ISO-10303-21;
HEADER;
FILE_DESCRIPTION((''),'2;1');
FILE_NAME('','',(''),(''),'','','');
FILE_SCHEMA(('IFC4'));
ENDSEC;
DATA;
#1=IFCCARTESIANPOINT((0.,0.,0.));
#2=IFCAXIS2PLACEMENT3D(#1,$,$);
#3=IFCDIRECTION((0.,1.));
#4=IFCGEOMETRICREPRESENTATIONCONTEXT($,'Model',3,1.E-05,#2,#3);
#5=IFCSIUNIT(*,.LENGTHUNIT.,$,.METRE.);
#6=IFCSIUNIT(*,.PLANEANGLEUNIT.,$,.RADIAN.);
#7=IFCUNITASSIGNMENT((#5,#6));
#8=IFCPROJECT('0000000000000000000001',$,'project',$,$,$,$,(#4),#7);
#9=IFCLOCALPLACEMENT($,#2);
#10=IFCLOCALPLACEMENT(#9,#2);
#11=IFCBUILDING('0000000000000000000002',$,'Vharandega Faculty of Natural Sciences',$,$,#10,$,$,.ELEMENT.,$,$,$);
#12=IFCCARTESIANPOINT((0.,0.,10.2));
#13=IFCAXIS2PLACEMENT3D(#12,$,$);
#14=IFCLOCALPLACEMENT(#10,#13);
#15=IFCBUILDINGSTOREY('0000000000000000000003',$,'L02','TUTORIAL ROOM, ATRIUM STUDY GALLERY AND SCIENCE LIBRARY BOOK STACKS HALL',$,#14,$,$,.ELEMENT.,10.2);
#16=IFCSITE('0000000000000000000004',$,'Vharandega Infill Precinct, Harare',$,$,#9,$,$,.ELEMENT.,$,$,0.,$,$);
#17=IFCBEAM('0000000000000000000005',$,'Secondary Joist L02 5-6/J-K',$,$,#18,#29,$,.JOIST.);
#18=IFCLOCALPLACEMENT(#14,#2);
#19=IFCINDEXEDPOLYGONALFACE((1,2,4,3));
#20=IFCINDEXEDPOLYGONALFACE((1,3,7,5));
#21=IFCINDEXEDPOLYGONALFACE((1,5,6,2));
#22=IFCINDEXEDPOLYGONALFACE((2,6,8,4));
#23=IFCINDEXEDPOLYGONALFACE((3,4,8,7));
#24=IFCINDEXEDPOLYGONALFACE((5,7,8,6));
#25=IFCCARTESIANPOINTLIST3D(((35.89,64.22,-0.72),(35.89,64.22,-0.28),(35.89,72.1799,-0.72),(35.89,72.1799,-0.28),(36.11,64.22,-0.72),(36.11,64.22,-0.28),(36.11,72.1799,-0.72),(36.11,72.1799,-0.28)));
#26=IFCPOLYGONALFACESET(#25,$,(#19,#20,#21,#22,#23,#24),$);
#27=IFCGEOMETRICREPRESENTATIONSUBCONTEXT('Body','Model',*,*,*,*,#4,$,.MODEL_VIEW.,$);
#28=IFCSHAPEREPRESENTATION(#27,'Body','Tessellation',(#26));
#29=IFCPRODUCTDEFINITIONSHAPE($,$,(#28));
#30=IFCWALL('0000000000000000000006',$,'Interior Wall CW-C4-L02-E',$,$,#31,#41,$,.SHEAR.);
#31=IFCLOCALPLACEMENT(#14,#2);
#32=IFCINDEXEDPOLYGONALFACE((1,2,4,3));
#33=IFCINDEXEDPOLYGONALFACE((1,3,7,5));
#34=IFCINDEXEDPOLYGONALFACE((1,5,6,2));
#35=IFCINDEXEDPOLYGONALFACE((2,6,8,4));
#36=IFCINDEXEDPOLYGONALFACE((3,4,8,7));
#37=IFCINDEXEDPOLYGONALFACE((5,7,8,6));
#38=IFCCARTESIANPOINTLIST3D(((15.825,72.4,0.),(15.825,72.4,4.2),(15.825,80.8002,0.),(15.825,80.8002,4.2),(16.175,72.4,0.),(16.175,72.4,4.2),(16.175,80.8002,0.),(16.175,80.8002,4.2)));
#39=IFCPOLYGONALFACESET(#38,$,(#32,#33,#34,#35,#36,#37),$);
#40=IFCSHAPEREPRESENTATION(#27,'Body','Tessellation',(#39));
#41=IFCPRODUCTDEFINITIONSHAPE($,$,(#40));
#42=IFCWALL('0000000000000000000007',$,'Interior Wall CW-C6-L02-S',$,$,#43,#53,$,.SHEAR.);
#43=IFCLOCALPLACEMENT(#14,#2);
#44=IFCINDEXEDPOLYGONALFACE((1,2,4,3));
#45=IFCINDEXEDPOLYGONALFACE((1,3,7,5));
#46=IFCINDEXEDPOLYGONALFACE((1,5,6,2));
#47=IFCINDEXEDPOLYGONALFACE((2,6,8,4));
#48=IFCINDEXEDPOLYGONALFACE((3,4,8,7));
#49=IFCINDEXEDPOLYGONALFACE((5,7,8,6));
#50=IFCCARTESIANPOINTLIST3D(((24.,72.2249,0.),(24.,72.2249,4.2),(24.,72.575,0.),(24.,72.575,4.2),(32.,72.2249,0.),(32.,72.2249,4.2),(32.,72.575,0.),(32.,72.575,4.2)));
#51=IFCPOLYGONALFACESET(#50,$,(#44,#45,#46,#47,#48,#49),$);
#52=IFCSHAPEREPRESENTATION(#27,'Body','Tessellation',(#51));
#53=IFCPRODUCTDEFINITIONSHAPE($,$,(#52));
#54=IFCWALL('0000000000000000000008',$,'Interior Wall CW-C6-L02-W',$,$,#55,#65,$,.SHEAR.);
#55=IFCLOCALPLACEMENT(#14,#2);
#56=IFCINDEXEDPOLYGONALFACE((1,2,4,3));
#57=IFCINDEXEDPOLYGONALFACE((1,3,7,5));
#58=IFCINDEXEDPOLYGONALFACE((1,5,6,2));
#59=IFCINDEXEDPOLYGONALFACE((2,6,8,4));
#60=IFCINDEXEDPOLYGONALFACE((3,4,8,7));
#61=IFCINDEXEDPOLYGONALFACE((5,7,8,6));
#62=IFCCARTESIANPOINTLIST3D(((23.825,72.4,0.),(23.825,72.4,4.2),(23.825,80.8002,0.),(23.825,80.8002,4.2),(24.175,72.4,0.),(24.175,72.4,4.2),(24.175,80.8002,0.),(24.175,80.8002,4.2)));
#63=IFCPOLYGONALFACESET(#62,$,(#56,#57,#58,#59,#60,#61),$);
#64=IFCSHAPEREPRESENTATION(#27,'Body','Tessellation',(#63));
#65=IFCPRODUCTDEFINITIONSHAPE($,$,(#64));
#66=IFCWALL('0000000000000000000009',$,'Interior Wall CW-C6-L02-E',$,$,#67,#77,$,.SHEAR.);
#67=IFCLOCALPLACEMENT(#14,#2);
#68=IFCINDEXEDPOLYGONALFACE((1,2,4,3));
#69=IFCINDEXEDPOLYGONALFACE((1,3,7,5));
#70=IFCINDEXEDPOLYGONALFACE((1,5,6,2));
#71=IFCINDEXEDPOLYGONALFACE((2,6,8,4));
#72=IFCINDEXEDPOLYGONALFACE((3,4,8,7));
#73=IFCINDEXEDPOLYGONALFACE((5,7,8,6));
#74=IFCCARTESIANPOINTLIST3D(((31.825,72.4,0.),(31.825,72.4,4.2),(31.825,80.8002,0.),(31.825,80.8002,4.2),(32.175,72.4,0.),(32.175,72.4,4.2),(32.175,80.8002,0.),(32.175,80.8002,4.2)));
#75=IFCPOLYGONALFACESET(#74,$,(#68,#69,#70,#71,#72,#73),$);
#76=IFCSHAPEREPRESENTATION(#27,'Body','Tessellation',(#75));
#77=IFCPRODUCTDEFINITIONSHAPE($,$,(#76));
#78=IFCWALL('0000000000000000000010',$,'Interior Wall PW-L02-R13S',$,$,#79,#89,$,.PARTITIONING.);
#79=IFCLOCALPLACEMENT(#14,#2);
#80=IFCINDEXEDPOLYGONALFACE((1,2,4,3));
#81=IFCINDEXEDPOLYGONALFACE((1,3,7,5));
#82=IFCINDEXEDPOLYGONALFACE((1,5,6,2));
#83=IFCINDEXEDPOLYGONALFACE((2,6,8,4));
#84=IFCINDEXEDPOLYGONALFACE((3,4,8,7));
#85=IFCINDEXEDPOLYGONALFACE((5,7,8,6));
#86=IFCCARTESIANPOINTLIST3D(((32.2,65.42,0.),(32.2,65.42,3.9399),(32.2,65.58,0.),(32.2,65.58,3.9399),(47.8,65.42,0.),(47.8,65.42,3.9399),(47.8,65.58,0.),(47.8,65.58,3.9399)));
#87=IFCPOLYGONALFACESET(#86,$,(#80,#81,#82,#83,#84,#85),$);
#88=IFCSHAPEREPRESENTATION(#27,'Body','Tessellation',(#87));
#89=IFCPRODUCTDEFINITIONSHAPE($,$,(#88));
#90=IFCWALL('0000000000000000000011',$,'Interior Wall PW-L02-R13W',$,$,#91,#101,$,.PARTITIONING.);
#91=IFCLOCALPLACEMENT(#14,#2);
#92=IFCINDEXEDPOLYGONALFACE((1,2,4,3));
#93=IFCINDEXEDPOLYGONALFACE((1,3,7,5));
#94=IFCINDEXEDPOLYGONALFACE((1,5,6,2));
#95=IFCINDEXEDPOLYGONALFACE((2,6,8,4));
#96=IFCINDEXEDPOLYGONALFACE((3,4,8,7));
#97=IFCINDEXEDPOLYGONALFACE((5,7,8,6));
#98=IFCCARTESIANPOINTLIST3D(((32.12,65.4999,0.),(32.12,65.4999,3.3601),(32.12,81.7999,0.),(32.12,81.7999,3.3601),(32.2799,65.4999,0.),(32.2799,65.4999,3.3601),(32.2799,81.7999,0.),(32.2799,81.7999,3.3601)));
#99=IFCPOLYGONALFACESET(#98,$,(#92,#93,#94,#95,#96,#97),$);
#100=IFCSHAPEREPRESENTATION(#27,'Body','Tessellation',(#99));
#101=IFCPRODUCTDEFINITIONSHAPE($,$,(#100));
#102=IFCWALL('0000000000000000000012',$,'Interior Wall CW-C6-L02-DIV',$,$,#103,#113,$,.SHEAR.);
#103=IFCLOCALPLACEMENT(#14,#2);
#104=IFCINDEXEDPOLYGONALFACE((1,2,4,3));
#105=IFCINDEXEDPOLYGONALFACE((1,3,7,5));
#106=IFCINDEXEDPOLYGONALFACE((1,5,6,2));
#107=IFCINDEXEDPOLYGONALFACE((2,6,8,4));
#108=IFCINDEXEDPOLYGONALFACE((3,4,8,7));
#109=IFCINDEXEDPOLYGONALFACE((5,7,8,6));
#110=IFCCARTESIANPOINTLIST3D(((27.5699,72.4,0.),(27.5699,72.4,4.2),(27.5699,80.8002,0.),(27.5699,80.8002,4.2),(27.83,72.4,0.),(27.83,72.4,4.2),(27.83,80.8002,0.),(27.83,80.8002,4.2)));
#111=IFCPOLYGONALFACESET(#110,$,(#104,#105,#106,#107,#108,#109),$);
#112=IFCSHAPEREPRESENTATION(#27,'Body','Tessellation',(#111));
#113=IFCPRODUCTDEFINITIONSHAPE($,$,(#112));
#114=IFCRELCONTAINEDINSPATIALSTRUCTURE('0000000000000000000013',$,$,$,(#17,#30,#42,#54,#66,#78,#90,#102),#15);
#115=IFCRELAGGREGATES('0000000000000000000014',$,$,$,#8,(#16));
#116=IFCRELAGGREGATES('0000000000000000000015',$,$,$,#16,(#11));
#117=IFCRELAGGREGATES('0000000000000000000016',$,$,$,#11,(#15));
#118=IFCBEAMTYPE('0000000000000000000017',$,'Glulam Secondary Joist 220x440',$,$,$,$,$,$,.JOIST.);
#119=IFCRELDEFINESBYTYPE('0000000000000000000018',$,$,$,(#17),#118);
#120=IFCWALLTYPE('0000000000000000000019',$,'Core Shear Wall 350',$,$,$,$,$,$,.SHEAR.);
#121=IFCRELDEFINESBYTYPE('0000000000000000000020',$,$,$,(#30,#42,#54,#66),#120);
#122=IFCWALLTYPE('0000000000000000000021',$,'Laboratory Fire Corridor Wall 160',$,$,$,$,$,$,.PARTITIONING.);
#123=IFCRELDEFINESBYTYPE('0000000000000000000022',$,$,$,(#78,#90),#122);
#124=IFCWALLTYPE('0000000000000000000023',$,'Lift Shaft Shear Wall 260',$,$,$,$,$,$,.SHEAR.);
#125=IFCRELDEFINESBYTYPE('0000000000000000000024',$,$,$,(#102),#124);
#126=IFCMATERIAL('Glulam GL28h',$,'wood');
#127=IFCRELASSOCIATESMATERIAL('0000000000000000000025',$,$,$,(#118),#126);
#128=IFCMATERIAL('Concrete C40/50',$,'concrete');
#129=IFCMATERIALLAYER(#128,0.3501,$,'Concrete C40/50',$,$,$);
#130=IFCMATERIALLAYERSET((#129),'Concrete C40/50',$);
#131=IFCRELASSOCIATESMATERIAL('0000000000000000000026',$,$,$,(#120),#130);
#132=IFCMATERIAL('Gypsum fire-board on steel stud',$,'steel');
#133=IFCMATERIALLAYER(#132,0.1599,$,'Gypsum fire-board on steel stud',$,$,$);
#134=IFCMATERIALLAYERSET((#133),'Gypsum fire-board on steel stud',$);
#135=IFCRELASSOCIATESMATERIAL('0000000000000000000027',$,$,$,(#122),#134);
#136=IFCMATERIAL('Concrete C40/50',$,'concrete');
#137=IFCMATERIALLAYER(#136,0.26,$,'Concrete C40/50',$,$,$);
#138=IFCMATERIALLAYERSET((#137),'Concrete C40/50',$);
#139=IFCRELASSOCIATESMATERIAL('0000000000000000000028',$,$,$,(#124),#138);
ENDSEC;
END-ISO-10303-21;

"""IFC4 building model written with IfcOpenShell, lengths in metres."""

from ifc_helpers import new_model, si_unit, direction, frame, frame_2d, origin, origin_2d, place, context, subcontext, project, spatial, rectangle, extrude, material, layer, layer_set, material_profile, profile_set, type_object, element, save


model = new_model("IFC4")

# Units and contexts
model_context = context("Model", 3, precision=1e-05, world=origin(), true_north=direction((0.0, 1.0)))
body_context = subcontext(model_context, "Body", "Model", "MODEL_VIEW")
ifc_project = project(units=[si_unit("LENGTHUNIT", "METRE"), si_unit("PLANEANGLEUNIT", "RADIAN")], contexts=[model_context])

# Site, building, storey
site_placement = place(None, origin())
site = spatial("IfcSite", under=ifc_project, at=site_placement, Name="Vharandega Infill Precinct, Harare", CompositionType="ELEMENT", RefElevation=0.0)
building_placement = place(site_placement, origin())
building = spatial("IfcBuilding", under=site, at=building_placement, Name="Vharandega Faculty of Natural Sciences", CompositionType="ELEMENT")
storey_placement = place(building_placement, frame((0.0, 0.0, 10.2)))
storey = spatial("IfcBuildingStorey", under=building, at=storey_placement, Name="L02", Description="TUTORIAL ROOM, ATRIUM STUDY GALLERY AND SCIENCE LIBRARY BOOK STACKS HALL", CompositionType="ELEMENT", Elevation=10.2)

# Beam
ifc_material_1 = material(Name="Glulam GL28h", Category="wood")
ifc_material_profile_1 = material_profile(ifc_material_1, rectangle(XDim=0.22, YDim=0.4399, at=origin_2d()), Name="GL28h 220x440")
ifc_profile_set_1 = profile_set([ifc_material_profile_1], Name="Glulam GL28h")
beam_type_1 = type_object("IfcBeamType", Name="Glulam Secondary Joist 220x440", PredefinedType="JOIST", material=ifc_profile_set_1)
for number, where, z_axis, x_axis, name in (
    (1, (36.0, 64.22, -0.5), (0.0, 1.0, 0.0), (-1.0, 0.0, 0.0), "Secondary Joist L02 5-6/J-K"),
):
    element("IfcBeam", number, at=place(storey_placement, frame(where, z_axis=z_axis, x_axis=x_axis)), inside=storey, type_object=beam_type_1, Name=name, PredefinedType="JOIST", context=body_context, shape_type="SweptSolid", body=[
        extrude(rectangle(XDim=0.22, YDim=0.4399, at=origin_2d()), origin(), (0.0, 0.0, 1.0), 7.96),
    ])

# Walls
ifc_material_2 = material(Name="Concrete C40/50", Category="concrete")
ifc_layer_1 = layer(ifc_material_2, 0.3501, Name="Concrete C40/50")
ifc_layer_set_1 = layer_set([ifc_layer_1], Name="Concrete C40/50")
wall_type_1 = type_object("IfcWallType", Name="Core Shear Wall 350", PredefinedType="SHEAR", material=ifc_layer_set_1)
wall_1_placement = place(storey_placement, frame((16.0, 72.3999, 0.0), z_axis=(0.0, 0.0, 1.0), x_axis=(0.0, 1.0, 0.0)))
element("IfcWall", 2, at=wall_1_placement, inside=storey, type_object=wall_type_1, Name="Interior Wall CW-C4-L02-E", PredefinedType="SHEAR", context=body_context, shape_type="SweptSolid", body=[
    extrude(rectangle(XDim=8.4001, YDim=0.3501, at=frame_2d((4.2002, 0.0))), origin(), (0.0, 0.0, 1.0), 4.2),
])
wall_2_placement = place(storey_placement, frame((24.0, 72.3999, 0.0), z_axis=(0.0, 0.0, 1.0), x_axis=(1.0, 0.0, 0.0)))
element("IfcWall", 3, at=wall_2_placement, inside=storey, type_object=wall_type_1, Name="Interior Wall CW-C6-L02-S", PredefinedType="SHEAR", context=body_context, shape_type="SweptSolid", body=[
    extrude(rectangle(XDim=8.0, YDim=0.3501, at=frame_2d((4.0, 0.0))), origin(), (0.0, 0.0, 1.0), 4.2),
])
for number, where, z_axis, x_axis, name in (
    (4, (24.0, 72.3999, 0.0), (0.0, 0.0, 1.0), (0.0, 1.0, 0.0), "Interior Wall CW-C6-L02-W"),
    (5, (32.0, 72.3999, 0.0), (0.0, 0.0, 1.0), (0.0, 1.0, 0.0), "Interior Wall CW-C6-L02-E"),
):
    element("IfcWall", number, at=place(storey_placement, frame(where, z_axis=z_axis, x_axis=x_axis)), inside=storey, type_object=wall_type_1, Name=name, PredefinedType="SHEAR", context=body_context, shape_type="SweptSolid", body=[
        extrude(rectangle(XDim=8.4001, YDim=0.3501, at=frame_2d((4.2002, 0.0))), origin(), (0.0, 0.0, 1.0), 4.2),
    ])
ifc_material_3 = material(Name="Gypsum fire-board on steel stud", Category="steel")
ifc_layer_2 = layer(ifc_material_3, 0.1599, Name="Gypsum fire-board on steel stud")
ifc_layer_set_2 = layer_set([ifc_layer_2], Name="Gypsum fire-board on steel stud")
wall_type_2 = type_object("IfcWallType", Name="Laboratory Fire Corridor Wall 160", PredefinedType="PARTITIONING", material=ifc_layer_set_2)
wall_3_placement = place(storey_placement, frame((32.2, 65.5, 0.0), z_axis=(0.0, 0.0, 1.0), x_axis=(1.0, 0.0, 0.0)))
element("IfcWall", 6, at=wall_3_placement, inside=storey, type_object=wall_type_2, Name="Interior Wall PW-L02-R13S", PredefinedType="PARTITIONING", context=body_context, shape_type="SweptSolid", body=[
    extrude(rectangle(XDim=15.6001, YDim=0.1599, at=frame_2d((7.8, 0.0))), origin(), (0.0, 0.0, 1.0), 3.9399),
])
wall_4_placement = place(storey_placement, frame((32.2, 65.5, 0.0), z_axis=(0.0, 0.0, 1.0), x_axis=(0.0, 1.0, 0.0)))
element("IfcWall", 7, at=wall_4_placement, inside=storey, type_object=wall_type_2, Name="Interior Wall PW-L02-R13W", PredefinedType="PARTITIONING", context=body_context, shape_type="SweptSolid", body=[
    extrude(rectangle(XDim=16.3, YDim=0.1599, at=frame_2d((8.1499, 0.0))), origin(), (0.0, 0.0, 1.0), 3.3601),
])
ifc_material_4 = material(Name="Concrete C40/50", Category="concrete")
ifc_layer_3 = layer(ifc_material_4, 0.26, Name="Concrete C40/50")
ifc_layer_set_3 = layer_set([ifc_layer_3], Name="Concrete C40/50")
wall_type_3 = type_object("IfcWallType", Name="Lift Shaft Shear Wall 260", PredefinedType="SHEAR", material=ifc_layer_set_3)
wall_5_placement = place(storey_placement, frame((27.7, 72.3999, 0.0), z_axis=(0.0, 0.0, 1.0), x_axis=(0.0, 1.0, 0.0)))
element("IfcWall", 8, at=wall_5_placement, inside=storey, type_object=wall_type_3, Name="Interior Wall CW-C6-L02-DIV", PredefinedType="SHEAR", context=body_context, shape_type="SweptSolid", body=[
    extrude(rectangle(XDim=8.4001, YDim=0.26, at=frame_2d((4.2002, 0.0))), origin(), (0.0, 0.0, 1.0), 4.2),
])

save(model, "model.ifc")
